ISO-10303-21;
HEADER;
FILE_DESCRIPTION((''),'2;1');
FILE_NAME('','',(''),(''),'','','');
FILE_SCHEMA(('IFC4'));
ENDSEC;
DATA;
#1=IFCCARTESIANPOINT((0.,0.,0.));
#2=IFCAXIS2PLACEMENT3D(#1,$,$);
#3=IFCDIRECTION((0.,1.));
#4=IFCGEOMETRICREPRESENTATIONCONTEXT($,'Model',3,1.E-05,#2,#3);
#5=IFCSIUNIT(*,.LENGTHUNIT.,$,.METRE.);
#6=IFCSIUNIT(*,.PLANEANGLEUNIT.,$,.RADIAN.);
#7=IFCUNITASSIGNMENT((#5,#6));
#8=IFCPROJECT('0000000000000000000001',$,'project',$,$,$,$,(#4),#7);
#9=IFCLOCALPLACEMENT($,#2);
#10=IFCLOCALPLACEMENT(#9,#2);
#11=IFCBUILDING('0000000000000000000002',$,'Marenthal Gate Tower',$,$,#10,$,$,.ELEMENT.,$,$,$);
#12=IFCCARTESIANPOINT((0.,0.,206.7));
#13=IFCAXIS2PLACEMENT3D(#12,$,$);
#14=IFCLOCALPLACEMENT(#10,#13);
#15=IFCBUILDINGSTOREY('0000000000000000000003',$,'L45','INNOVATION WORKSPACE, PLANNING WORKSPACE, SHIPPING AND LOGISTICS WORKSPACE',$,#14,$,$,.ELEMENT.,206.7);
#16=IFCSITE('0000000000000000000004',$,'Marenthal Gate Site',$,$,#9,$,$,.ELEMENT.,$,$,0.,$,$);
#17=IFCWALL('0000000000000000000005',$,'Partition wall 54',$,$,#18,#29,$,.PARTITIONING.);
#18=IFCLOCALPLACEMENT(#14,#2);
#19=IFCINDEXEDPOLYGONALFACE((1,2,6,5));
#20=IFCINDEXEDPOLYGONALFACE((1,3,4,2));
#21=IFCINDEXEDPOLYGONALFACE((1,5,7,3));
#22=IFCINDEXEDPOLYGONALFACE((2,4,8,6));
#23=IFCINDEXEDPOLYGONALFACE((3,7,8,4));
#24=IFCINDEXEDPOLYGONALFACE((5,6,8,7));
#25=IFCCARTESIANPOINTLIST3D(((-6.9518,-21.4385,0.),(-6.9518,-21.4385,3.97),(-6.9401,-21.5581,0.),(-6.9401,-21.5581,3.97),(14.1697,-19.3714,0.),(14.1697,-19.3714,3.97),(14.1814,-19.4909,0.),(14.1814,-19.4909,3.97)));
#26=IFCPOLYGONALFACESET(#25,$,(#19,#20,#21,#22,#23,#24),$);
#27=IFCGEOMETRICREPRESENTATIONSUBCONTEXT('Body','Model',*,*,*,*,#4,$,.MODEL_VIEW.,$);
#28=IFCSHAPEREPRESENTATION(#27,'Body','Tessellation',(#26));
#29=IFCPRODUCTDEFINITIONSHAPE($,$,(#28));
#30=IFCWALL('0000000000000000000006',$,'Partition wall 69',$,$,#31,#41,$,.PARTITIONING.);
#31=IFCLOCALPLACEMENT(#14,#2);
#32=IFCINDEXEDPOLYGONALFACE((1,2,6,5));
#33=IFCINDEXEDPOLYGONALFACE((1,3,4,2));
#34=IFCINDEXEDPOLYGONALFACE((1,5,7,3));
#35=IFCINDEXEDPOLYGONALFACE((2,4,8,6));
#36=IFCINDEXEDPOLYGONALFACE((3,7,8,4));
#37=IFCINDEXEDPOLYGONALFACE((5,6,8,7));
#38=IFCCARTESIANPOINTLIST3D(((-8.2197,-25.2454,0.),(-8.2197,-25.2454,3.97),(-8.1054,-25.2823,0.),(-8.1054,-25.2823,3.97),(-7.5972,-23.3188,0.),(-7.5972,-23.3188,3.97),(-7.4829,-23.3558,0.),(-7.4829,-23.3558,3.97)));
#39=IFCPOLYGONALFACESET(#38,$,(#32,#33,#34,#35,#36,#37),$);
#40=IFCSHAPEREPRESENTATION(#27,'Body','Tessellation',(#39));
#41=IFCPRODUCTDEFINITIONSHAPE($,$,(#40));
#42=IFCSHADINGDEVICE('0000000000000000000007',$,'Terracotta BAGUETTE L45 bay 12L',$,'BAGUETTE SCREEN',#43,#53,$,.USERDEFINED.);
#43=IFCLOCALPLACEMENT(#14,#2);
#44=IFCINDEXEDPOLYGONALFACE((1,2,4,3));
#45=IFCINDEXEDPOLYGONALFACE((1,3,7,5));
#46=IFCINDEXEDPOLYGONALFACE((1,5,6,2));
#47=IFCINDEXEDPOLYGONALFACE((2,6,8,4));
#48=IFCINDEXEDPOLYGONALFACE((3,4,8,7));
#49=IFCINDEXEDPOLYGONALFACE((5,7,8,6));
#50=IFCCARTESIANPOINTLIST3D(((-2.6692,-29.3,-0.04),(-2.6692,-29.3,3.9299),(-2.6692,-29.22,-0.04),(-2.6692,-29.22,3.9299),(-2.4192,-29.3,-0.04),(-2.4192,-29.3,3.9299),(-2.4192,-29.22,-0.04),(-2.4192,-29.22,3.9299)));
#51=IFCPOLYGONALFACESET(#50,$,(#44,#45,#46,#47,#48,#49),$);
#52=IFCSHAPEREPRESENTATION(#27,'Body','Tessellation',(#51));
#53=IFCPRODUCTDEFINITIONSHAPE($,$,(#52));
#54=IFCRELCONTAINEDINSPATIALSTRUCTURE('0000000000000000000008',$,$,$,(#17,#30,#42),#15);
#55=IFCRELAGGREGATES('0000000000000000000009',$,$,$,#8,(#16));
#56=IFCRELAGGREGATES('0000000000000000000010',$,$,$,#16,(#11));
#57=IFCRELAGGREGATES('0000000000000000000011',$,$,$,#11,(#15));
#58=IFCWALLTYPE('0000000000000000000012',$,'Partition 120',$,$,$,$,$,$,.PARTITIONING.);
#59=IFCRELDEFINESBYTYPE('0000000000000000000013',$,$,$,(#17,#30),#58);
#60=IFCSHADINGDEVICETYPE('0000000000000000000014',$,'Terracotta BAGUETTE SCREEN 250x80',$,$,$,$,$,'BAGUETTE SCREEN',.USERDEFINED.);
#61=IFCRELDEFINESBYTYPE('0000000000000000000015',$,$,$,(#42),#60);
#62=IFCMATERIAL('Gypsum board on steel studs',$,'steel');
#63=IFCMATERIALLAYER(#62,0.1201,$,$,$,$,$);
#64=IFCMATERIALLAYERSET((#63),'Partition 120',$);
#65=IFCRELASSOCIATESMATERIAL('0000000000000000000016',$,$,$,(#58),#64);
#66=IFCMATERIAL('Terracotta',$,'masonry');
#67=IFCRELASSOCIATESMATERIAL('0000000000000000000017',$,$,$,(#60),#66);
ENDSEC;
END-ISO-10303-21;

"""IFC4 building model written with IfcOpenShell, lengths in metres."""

from ifc_helpers import new_model, si_unit, direction, frame, frame_2d, origin, origin_2d, place, context, subcontext, project, spatial, rectangle, extrude, material, layer, layer_set, material_profile, profile_set, type_object, element, save


model = new_model("IFC4")

# Units and contexts
model_context = context("Model", 3, precision=1e-05, world=origin(), true_north=direction((0.0, 1.0)))
body_context = subcontext(model_context, "Body", "Model", "MODEL_VIEW")
ifc_project = project(units=[si_unit("LENGTHUNIT", "METRE"), si_unit("PLANEANGLEUNIT", "RADIAN")], contexts=[model_context])

# Site, building, storey
site_placement = place(None, origin())
site = spatial("IfcSite", under=ifc_project, at=site_placement, Name="Marenthal Gate Site", CompositionType="ELEMENT", RefElevation=0.0)
building_placement = place(site_placement, origin())
building = spatial("IfcBuilding", under=site, at=building_placement, Name="Marenthal Gate Tower", CompositionType="ELEMENT")
storey_placement = place(building_placement, frame((0.0, 0.0, 206.7)))
storey = spatial("IfcBuildingStorey", under=building, at=storey_placement, Name="L45", Description="INNOVATION WORKSPACE, PLANNING WORKSPACE, SHIPPING AND LOGISTICS WORKSPACE", CompositionType="ELEMENT", Elevation=206.7)

# Walls
ifc_material_1 = material(Name="Gypsum board on steel studs", Category="steel")
ifc_layer_1 = layer(ifc_material_1, 0.1201)
ifc_layer_set_1 = layer_set([ifc_layer_1], Name="Partition 120")
wall_type_1 = type_object("IfcWallType", Name="Partition 120", PredefinedType="PARTITIONING", material=ifc_layer_set_1)
wall_1_placement = place(storey_placement, frame((-6.946, -21.4983, 0.0), z_axis=(0.0, 0.0, 1.0), x_axis=(0.995245, 0.097403, 0.0)))
element("IfcWall", 1, at=wall_1_placement, inside=storey, type_object=wall_type_1, Name="Partition wall 54", PredefinedType="PARTITIONING", context=body_context, shape_type="SweptSolid", body=[
    extrude(rectangle(XDim=21.2224, YDim=0.1201, at=frame_2d((10.6113, 0.0))), origin(), (0.0, 0.0, 1.0), 3.97),
])
wall_2_placement = place(storey_placement, frame((-7.54, -23.3374, 0.0), z_axis=(0.0, 0.0, 1.0), x_axis=(-0.307496, -0.951549, 0.0)))
element("IfcWall", 2, at=wall_2_placement, inside=storey, type_object=wall_type_1, Name="Partition wall 69", PredefinedType="PARTITIONING", context=body_context, shape_type="SweptSolid", body=[
    extrude(rectangle(XDim=2.0247, YDim=0.1201, at=frame_2d((1.0122, 0.0))), origin(), (0.0, 0.0, 1.0), 3.97),
])

# Shading device
ifc_material_2 = material(Name="Terracotta", Category="masonry")
ifc_material_profile_1 = material_profile(ifc_material_2, rectangle(XDim=0.25, YDim=0.0801, at=origin_2d()), Name="Terracotta baguette 250x80")
ifc_profile_set_1 = profile_set([ifc_material_profile_1], Name="Terracotta")
shading_device_type = type_object("IfcShadingDeviceType", Name="Terracotta BAGUETTE SCREEN 250x80", ElementType="BAGUETTE SCREEN", PredefinedType="USERDEFINED", material=ifc_profile_set_1)
shading_device_placement = place(storey_placement, frame((-2.5442, -29.26, -0.04), z_axis=(0.0, 0.0, 1.0), x_axis=(1.0, 0.0, 0.0)))
element("IfcShadingDevice", 3, at=shading_device_placement, inside=storey, type_object=shading_device_type, Name="Terracotta BAGUETTE L45 bay 12L", ObjectType="BAGUETTE SCREEN", PredefinedType="USERDEFINED", context=body_context, shape_type="SweptSolid", body=[
    extrude(rectangle(XDim=0.25, YDim=0.0801, at=origin_2d()), origin(), (0.0, 0.0, 1.0), 3.97),
])

save(model, "model.ifc")
